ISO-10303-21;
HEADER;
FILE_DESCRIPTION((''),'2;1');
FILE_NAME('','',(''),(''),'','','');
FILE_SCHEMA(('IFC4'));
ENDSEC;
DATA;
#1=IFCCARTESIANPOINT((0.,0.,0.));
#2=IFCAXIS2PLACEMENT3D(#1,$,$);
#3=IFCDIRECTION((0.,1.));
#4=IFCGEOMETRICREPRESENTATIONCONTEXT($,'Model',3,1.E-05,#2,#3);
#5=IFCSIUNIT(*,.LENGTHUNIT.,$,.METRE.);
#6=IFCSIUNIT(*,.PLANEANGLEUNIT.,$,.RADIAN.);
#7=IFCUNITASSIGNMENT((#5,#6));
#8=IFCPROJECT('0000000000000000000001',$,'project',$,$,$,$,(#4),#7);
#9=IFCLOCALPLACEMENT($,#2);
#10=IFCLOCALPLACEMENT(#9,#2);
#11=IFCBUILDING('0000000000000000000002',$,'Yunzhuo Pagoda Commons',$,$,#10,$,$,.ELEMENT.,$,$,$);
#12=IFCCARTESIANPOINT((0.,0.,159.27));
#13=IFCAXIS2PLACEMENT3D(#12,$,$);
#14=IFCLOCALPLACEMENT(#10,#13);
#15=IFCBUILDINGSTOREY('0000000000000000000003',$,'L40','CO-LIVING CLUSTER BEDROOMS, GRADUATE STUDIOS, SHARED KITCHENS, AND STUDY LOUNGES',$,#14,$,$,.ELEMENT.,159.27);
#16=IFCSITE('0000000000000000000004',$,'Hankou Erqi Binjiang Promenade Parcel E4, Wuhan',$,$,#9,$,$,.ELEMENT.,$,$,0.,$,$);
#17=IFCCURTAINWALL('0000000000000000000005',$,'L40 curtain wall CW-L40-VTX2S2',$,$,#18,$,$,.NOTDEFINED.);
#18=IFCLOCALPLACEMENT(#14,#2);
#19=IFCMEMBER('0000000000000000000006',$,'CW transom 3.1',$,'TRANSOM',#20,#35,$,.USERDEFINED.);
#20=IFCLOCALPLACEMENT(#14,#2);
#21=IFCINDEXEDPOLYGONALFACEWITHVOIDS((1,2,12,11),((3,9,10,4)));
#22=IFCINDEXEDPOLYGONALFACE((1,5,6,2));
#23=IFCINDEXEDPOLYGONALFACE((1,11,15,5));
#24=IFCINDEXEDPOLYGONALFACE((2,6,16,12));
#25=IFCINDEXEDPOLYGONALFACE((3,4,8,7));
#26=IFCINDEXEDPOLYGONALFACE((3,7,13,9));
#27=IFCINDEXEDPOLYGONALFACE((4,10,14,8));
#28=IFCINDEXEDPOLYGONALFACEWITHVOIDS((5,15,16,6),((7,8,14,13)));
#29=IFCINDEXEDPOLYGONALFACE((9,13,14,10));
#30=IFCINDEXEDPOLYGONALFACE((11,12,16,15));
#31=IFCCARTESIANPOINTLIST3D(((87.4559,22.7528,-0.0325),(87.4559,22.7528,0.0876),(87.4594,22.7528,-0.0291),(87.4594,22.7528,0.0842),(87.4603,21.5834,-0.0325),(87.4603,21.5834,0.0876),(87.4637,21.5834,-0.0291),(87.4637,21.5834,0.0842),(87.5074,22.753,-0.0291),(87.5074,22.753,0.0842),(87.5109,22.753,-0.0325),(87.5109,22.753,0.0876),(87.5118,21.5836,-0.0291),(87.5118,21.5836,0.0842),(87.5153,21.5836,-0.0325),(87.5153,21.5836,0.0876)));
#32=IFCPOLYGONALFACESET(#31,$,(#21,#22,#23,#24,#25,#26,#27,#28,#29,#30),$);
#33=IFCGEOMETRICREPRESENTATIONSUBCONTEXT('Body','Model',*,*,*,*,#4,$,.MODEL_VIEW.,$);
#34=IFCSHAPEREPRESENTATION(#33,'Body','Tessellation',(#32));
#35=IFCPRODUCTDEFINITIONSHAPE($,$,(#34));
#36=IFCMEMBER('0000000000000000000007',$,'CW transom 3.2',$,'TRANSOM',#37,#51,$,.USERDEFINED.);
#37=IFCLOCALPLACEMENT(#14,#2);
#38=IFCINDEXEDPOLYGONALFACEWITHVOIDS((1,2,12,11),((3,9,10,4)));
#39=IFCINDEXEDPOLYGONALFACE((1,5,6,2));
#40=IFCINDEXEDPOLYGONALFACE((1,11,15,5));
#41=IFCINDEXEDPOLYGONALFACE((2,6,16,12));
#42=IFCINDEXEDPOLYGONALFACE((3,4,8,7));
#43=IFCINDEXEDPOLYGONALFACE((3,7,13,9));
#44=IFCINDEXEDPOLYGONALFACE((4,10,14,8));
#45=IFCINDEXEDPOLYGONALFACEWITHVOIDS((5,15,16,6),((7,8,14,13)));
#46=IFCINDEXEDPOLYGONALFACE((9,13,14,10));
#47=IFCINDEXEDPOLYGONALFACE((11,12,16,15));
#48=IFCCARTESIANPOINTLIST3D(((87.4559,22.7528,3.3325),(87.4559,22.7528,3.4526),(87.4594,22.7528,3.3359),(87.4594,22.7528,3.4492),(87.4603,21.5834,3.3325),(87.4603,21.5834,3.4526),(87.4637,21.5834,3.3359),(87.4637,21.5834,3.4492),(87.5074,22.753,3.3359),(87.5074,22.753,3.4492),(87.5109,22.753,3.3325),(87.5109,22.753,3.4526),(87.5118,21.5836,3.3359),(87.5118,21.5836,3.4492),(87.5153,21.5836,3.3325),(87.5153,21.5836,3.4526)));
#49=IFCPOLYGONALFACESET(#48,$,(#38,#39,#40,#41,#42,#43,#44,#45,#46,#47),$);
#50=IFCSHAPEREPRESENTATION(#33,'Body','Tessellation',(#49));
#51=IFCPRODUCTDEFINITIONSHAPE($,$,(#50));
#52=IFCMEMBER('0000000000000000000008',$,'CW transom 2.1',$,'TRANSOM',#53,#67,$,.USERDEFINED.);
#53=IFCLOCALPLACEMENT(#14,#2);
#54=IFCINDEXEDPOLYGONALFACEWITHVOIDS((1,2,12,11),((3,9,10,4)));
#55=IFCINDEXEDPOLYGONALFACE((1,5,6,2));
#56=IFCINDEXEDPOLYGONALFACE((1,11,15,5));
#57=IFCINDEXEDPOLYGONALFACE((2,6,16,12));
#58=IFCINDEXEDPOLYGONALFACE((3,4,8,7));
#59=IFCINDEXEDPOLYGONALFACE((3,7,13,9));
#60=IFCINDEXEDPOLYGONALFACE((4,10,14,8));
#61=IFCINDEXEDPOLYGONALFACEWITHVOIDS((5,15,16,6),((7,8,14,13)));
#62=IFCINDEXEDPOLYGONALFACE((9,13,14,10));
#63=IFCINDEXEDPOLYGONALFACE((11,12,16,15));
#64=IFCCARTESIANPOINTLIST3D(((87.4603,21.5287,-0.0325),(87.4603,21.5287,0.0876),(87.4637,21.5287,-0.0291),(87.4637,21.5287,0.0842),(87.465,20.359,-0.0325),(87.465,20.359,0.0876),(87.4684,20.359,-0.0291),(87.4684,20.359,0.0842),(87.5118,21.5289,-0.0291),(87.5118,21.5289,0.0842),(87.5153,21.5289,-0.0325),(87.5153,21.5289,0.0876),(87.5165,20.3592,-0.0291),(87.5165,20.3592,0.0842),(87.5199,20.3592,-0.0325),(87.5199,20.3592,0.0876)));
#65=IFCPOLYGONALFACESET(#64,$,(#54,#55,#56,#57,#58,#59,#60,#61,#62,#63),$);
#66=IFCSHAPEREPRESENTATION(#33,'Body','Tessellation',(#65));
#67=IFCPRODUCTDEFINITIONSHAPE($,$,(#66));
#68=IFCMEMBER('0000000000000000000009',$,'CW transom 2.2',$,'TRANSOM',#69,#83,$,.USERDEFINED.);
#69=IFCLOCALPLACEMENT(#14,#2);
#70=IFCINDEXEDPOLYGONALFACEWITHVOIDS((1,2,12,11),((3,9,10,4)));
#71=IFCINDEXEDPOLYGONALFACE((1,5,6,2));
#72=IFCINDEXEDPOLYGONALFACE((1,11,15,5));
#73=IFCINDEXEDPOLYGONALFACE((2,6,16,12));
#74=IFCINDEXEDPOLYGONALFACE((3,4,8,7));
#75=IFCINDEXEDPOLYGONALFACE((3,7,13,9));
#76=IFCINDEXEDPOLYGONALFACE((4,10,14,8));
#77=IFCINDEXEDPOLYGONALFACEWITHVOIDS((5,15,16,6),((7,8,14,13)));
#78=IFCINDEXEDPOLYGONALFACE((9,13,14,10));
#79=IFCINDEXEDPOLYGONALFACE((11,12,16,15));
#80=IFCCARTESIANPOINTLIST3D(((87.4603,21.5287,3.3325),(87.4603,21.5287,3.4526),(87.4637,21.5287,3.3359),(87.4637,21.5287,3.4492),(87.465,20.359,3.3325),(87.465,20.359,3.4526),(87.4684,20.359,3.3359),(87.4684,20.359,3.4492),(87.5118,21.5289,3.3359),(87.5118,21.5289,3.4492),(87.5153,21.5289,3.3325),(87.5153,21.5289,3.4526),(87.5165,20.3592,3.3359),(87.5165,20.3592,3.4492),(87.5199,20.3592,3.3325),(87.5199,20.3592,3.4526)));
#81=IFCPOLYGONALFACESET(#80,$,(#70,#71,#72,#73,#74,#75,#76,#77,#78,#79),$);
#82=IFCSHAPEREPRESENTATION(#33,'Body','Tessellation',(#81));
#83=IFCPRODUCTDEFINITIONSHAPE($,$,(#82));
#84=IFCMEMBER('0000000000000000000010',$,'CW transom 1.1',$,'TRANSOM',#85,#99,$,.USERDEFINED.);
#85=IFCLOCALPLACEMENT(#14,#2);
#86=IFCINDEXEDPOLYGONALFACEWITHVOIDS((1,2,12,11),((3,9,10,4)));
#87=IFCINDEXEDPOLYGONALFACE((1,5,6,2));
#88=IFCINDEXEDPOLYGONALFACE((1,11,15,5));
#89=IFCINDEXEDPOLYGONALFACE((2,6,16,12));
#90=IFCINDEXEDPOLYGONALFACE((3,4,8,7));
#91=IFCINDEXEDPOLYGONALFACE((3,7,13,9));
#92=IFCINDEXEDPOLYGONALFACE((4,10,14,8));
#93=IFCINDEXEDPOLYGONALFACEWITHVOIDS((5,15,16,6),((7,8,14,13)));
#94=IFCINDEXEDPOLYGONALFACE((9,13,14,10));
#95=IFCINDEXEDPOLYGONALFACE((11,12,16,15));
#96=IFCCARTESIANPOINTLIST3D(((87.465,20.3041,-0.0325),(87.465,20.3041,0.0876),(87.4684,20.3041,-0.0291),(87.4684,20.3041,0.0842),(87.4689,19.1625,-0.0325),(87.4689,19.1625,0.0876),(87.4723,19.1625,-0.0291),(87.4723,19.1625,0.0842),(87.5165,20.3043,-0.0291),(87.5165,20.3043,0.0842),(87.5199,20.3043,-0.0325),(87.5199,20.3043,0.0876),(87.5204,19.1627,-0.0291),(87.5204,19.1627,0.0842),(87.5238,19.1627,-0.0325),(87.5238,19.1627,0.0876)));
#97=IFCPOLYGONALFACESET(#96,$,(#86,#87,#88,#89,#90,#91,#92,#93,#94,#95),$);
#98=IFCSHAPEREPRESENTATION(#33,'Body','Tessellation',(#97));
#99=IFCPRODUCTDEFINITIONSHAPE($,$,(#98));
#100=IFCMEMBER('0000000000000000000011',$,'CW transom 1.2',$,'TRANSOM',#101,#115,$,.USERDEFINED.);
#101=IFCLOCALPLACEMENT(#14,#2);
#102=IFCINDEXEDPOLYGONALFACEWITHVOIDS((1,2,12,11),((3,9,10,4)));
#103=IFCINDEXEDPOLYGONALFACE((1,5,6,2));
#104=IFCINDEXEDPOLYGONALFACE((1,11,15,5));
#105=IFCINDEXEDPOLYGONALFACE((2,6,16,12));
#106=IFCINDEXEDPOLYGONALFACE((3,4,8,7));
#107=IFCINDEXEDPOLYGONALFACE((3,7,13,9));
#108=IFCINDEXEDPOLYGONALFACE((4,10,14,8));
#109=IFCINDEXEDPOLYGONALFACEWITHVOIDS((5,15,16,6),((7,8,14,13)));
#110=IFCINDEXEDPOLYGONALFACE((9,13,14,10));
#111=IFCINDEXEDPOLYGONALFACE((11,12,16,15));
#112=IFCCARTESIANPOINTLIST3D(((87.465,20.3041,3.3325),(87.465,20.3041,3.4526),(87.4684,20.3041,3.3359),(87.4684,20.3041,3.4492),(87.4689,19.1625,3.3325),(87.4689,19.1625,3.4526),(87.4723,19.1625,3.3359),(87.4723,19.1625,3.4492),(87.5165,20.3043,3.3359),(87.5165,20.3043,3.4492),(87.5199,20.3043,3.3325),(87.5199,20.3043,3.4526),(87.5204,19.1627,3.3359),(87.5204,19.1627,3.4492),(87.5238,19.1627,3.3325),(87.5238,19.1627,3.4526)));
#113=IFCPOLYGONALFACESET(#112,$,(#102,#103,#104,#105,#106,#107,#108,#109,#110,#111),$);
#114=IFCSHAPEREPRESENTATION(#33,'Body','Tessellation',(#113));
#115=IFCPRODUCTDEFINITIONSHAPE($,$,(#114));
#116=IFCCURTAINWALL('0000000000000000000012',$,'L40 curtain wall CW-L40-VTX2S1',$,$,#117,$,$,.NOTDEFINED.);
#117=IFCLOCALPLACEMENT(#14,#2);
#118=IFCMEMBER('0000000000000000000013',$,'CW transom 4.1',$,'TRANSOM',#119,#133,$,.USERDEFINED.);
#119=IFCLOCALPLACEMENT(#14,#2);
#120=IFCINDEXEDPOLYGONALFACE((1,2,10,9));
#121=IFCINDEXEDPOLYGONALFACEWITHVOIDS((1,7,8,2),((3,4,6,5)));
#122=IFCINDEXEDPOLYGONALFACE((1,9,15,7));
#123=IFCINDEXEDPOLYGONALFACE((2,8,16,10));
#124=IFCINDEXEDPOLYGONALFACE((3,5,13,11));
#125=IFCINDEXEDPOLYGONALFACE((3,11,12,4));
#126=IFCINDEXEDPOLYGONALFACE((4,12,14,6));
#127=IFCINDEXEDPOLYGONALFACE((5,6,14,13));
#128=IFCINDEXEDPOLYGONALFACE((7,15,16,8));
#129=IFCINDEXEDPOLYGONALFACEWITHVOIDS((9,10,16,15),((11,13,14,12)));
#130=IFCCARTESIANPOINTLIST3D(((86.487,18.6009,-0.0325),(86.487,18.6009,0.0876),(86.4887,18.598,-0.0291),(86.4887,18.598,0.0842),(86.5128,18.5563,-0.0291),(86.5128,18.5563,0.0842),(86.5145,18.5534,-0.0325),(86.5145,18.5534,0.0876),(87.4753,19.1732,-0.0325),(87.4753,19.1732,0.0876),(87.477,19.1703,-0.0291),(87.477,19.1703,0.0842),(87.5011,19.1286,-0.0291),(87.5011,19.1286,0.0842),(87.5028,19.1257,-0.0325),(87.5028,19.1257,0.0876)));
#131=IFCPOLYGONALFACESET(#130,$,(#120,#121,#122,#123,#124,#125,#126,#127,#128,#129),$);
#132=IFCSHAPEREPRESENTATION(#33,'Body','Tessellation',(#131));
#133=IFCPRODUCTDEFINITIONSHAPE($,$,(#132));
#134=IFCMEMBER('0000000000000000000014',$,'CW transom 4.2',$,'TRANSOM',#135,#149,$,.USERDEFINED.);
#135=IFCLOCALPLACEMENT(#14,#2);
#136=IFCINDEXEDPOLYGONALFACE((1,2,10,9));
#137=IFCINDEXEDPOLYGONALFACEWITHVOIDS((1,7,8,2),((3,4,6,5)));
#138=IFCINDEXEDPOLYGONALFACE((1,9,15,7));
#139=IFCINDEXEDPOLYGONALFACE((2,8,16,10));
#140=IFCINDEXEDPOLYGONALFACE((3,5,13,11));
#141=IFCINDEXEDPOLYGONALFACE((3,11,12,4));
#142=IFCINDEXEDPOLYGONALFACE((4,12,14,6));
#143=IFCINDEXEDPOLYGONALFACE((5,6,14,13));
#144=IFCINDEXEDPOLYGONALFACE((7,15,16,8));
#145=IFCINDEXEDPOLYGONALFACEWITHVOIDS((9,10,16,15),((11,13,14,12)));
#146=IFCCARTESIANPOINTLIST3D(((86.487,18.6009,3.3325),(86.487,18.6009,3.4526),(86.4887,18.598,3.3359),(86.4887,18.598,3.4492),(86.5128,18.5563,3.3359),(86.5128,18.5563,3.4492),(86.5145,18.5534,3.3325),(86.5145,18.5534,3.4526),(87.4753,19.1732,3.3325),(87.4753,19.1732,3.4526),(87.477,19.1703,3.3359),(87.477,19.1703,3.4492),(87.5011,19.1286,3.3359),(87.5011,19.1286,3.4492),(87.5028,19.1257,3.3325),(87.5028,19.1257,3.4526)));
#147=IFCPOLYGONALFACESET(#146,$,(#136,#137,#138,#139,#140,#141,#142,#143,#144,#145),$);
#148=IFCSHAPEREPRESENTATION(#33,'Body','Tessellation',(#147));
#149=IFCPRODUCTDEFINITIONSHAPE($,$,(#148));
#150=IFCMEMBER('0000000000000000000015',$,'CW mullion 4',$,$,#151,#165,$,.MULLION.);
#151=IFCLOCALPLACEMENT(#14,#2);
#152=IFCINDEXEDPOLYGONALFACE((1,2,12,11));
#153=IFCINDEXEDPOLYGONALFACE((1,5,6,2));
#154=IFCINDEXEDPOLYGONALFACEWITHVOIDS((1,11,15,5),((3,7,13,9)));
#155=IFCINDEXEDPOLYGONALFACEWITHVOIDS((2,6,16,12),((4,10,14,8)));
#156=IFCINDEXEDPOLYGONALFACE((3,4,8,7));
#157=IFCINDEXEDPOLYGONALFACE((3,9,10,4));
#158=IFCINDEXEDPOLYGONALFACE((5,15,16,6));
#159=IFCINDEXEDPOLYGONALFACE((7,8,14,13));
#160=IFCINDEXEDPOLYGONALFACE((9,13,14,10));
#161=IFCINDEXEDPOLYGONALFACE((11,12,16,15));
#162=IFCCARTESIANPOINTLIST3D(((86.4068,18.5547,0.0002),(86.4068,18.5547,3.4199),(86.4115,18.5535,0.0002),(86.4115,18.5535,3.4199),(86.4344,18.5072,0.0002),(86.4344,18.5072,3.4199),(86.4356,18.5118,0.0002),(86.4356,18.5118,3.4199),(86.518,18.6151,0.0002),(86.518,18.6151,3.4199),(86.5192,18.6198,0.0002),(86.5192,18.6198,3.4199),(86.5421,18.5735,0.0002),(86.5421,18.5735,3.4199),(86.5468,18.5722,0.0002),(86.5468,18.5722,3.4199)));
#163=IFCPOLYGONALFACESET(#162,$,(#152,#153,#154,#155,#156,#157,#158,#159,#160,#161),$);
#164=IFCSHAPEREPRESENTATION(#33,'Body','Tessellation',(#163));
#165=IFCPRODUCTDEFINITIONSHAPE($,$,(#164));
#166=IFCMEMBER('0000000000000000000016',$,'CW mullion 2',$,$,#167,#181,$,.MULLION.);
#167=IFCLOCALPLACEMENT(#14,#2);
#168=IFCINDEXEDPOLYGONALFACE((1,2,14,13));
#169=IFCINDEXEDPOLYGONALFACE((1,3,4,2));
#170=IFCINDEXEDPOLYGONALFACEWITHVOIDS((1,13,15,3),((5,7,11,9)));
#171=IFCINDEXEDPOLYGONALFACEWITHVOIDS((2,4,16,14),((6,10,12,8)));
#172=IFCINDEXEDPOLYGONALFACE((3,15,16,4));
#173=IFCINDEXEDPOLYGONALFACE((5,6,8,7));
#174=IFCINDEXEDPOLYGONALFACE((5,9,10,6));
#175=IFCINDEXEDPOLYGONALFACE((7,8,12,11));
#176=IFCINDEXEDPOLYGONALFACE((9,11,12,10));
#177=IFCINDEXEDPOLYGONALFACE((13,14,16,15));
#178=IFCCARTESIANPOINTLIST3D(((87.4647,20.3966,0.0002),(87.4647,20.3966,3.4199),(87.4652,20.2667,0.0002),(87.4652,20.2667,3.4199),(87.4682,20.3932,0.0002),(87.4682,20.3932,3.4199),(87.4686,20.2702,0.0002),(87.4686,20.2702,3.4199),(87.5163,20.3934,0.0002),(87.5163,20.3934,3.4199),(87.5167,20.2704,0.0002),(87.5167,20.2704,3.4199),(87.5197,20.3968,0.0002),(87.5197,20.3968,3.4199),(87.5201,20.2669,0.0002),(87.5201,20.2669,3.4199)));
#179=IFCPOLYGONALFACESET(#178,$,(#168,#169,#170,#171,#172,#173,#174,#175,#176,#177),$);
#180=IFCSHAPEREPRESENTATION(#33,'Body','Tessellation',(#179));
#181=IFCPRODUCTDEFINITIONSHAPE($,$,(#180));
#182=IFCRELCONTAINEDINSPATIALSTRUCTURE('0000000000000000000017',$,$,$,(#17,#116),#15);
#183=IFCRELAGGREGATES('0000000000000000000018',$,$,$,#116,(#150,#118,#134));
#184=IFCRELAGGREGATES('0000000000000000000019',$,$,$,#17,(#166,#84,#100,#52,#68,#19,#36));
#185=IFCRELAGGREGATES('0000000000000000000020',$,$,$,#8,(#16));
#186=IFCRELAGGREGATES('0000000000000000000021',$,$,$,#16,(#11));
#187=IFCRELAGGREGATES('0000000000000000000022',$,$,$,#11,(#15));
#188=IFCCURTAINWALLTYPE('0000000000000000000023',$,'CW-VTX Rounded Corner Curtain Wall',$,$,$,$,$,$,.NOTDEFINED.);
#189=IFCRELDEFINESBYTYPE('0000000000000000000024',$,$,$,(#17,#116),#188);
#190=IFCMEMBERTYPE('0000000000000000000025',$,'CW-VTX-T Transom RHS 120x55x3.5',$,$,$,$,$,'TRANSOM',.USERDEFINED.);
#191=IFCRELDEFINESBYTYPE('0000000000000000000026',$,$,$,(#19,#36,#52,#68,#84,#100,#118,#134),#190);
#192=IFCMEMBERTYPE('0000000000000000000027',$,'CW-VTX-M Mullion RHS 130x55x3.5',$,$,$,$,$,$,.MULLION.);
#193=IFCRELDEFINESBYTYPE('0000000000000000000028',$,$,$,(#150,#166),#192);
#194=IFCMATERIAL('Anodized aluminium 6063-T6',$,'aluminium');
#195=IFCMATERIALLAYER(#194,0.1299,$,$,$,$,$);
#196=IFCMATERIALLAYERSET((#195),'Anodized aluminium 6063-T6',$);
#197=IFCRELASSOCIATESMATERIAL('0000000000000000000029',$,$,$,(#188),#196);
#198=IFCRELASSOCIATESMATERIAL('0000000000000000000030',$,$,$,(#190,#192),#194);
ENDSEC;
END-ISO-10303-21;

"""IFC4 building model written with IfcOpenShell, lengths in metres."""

from ifc_helpers import new_model, si_unit, direction, frame, origin, origin_2d, place, context, subcontext, project, spatial, hollow_rectangle, extrude, source, transform, mapped, material, layer, layer_set, material_profile, profile_set, type_object, element, aggregate, save


model = new_model("IFC4")

# Units and contexts
model_context = context("Model", 3, precision=1e-05, world=origin(), true_north=direction((0.0, 1.0)))
body_context = subcontext(model_context, "Body", "Model", "MODEL_VIEW")
ifc_project = project(units=[si_unit("LENGTHUNIT", "METRE"), si_unit("PLANEANGLEUNIT", "RADIAN")], contexts=[model_context])

# Site, building, storey
site_placement = place(None, origin())
site = spatial("IfcSite", under=ifc_project, at=site_placement, Name="Hankou Erqi Binjiang Promenade Parcel E4, Wuhan", CompositionType="ELEMENT", RefElevation=0.0)
building_placement = place(site_placement, origin())
building = spatial("IfcBuilding", under=site, at=building_placement, Name="Yunzhuo Pagoda Commons", CompositionType="ELEMENT")
storey_placement = place(building_placement, frame((0.0, 0.0, 159.27)))
storey = spatial("IfcBuildingStorey", under=building, at=storey_placement, Name="L40", Description="CO-LIVING CLUSTER BEDROOMS, GRADUATE STUDIOS, SHARED KITCHENS, AND STUDY LOUNGES", CompositionType="ELEMENT", Elevation=159.27)

# Shared definitions
ifc_material_1 = material(Name="Anodized aluminium 6063-T6", Category="aluminium")

# Curtain walls, members
ifc_layer_1 = layer(ifc_material_1, 0.1299)
ifc_layer_set_1 = layer_set([ifc_layer_1], Name="Anodized aluminium 6063-T6")
curtain_wall_type_1 = type_object("IfcCurtainWallType", Name="CW-VTX Rounded Corner Curtain Wall", PredefinedType="NOTDEFINED", material=ifc_layer_set_1)
curtain_wall_1_placement = place(storey_placement, origin())
curtain_wall_1 = element("IfcCurtainWall", 1, at=curtain_wall_1_placement, inside=storey, type_object=curtain_wall_type_1, Name="L40 curtain wall CW-L40-VTX2S2", PredefinedType="NOTDEFINED")
ifc_material_profile_1 = material_profile(ifc_material_1, hollow_rectangle(XDim=0.0549, YDim=0.1201, WallThickness=0.0034, at=origin_2d()), Name="Anodized aluminium 6063-T6")
ifc_profile_set_1 = profile_set([ifc_material_profile_1], Name="Anodized aluminium 6063-T6")
member_type_1 = type_object("IfcMemberType", Name="CW-VTX-T Transom RHS 120x55x3.5", ElementType="TRANSOM", PredefinedType="USERDEFINED", material=ifc_profile_set_1)
shared_shape_1 = source(origin(), body_context, "Body", "SweptSolid", [
    extrude(hollow_rectangle(XDim=0.0549, YDim=0.1201, WallThickness=0.0034, at=origin_2d()), origin(), (0.0, 0.0, 1.0), 1.1694),
])
member_1_placement = place(storey_placement, frame((87.4878, 21.5835, 0.0276), z_axis=(-0.003758, 0.999993, 0.0), x_axis=(-0.999993, -0.003758, 0.0)))
member_1 = element("IfcMember", 2, at=member_1_placement, type_object=member_type_1, Name="CW transom 3.1", ObjectType="TRANSOM", PredefinedType="USERDEFINED", context=body_context, shape_type="MappedRepresentation", body=[
    mapped(shared_shape_1, transform((0.0, 0.0, 0.0), scale=1.0)),
])
member_2_placement = place(storey_placement, frame((87.4878, 21.5835, 3.3926), z_axis=(-0.003758, 0.999993, 0.0), x_axis=(-0.999993, -0.003758, 0.0)))
member_2 = element("IfcMember", 3, at=member_2_placement, type_object=member_type_1, Name="CW transom 3.2", ObjectType="TRANSOM", PredefinedType="USERDEFINED", context=body_context, shape_type="MappedRepresentation", body=[
    mapped(shared_shape_1, transform((0.0, 0.0, 0.0), scale=1.0)),
])
shared_shape_2 = source(origin(), body_context, "Body", "SweptSolid", [
    extrude(hollow_rectangle(XDim=0.0549, YDim=0.1201, WallThickness=0.0034, at=origin_2d()), origin(), (0.0, 0.0, 1.0), 1.1697),
])
member_3_placement = place(storey_placement, frame((87.4924, 20.3591, 0.0276), z_axis=(-0.003966, 0.999992, 0.0), x_axis=(-0.999992, -0.003966, 0.0)))
member_3 = element("IfcMember", 4, at=member_3_placement, type_object=member_type_1, Name="CW transom 2.1", ObjectType="TRANSOM", PredefinedType="USERDEFINED", context=body_context, shape_type="MappedRepresentation", body=[
    mapped(shared_shape_2, transform((0.0, 0.0, 0.0), scale=1.0)),
])
member_4_placement = place(storey_placement, frame((87.4924, 20.3591, 3.3926), z_axis=(-0.003966, 0.999992, 0.0), x_axis=(-0.999992, -0.003966, 0.0)))
member_4 = element("IfcMember", 5, at=member_4_placement, type_object=member_type_1, Name="CW transom 2.2", ObjectType="TRANSOM", PredefinedType="USERDEFINED", context=body_context, shape_type="MappedRepresentation", body=[
    mapped(shared_shape_2, transform((0.0, 0.0, 0.0), scale=1.0)),
])
shared_shape_3 = source(origin(), body_context, "Body", "SweptSolid", [
    extrude(hollow_rectangle(XDim=0.0549, YDim=0.1201, WallThickness=0.0034, at=origin_2d()), origin(), (0.0, 0.0, 1.0), 1.1416),
])
member_5_placement = place(storey_placement, frame((87.4963, 19.1626, 0.0276), z_axis=(-0.003422, 0.999994, 0.0), x_axis=(-0.999994, -0.003422, 0.0)))
member_5 = element("IfcMember", 6, at=member_5_placement, type_object=member_type_1, Name="CW transom 1.1", ObjectType="TRANSOM", PredefinedType="USERDEFINED", context=body_context, shape_type="MappedRepresentation", body=[
    mapped(shared_shape_3, transform((0.0, 0.0, 0.0), scale=1.0)),
])
member_6_placement = place(storey_placement, frame((87.4963, 19.1626, 3.3926), z_axis=(-0.003422, 0.999994, 0.0), x_axis=(-0.999994, -0.003422, 0.0)))
member_6 = element("IfcMember", 7, at=member_6_placement, type_object=member_type_1, Name="CW transom 1.2", ObjectType="TRANSOM", PredefinedType="USERDEFINED", context=body_context, shape_type="MappedRepresentation", body=[
    mapped(shared_shape_3, transform((0.0, 0.0, 0.0), scale=1.0)),
])
curtain_wall_2_placement = place(storey_placement, origin())
curtain_wall_2 = element("IfcCurtainWall", 8, at=curtain_wall_2_placement, inside=storey, type_object=curtain_wall_type_1, Name="L40 curtain wall CW-L40-VTX2S1", PredefinedType="NOTDEFINED")
shared_shape_4 = source(origin(), body_context, "Body", "SweptSolid", [
    extrude(hollow_rectangle(XDim=0.0549, YDim=0.1201, WallThickness=0.0034, at=origin_2d()), origin(), (0.0, 0.0, 1.0), 1.1421),
])
member_7_placement = place(storey_placement, frame((86.5007, 18.5771, 0.0276), z_axis=(0.865387, 0.501104, 0.0), x_axis=(-0.501104, 0.865387, 0.0)))
member_7 = element("IfcMember", 9, at=member_7_placement, type_object=member_type_1, Name="CW transom 4.1", ObjectType="TRANSOM", PredefinedType="USERDEFINED", context=body_context, shape_type="MappedRepresentation", body=[
    mapped(shared_shape_4, transform((0.0, 0.0, 0.0), scale=1.0)),
])
member_8_placement = place(storey_placement, frame((86.5007, 18.5771, 3.3926), z_axis=(0.865387, 0.501104, 0.0), x_axis=(-0.501104, 0.865387, 0.0)))
member_8 = element("IfcMember", 10, at=member_8_placement, type_object=member_type_1, Name="CW transom 4.2", ObjectType="TRANSOM", PredefinedType="USERDEFINED", context=body_context, shape_type="MappedRepresentation", body=[
    mapped(shared_shape_4, transform((0.0, 0.0, 0.0), scale=1.0)),
])
ifc_material_profile_2 = material_profile(ifc_material_1, hollow_rectangle(XDim=0.0549, YDim=0.1299, WallThickness=0.0034, at=origin_2d()), Name="Anodized aluminium 6063-T6")
ifc_profile_set_2 = profile_set([ifc_material_profile_2], Name="Anodized aluminium 6063-T6")
member_type_2 = type_object("IfcMemberType", Name="CW-VTX-M Mullion RHS 130x55x3.5", PredefinedType="MULLION", material=ifc_profile_set_2)
shared_shape_5 = source(origin(), body_context, "Body", "SweptSolid", [
    extrude(hollow_rectangle(XDim=0.0549, YDim=0.1299, WallThickness=0.0034, at=origin_2d()), origin(), (0.0, 0.0, 1.0), 3.4197),
])
member_9_placement = place(storey_placement, frame((86.4768, 18.5635, 0.0002), z_axis=(0.0, 0.0, 1.0), x_axis=(-0.501035, 0.865427, 0.0)))
member_9 = element("IfcMember", 11, at=member_9_placement, type_object=member_type_2, Name="CW mullion 4", PredefinedType="MULLION", context=body_context, shape_type="MappedRepresentation", body=[
    mapped(shared_shape_5, transform((0.0, 0.0, 0.0), scale=1.0)),
])

# Member
member_10_placement = place(storey_placement, frame((87.4924, 20.3318, 0.0002), z_axis=(0.0, 0.0, 1.0), x_axis=(-0.999994, -0.003594, 0.0)))
member_10 = element("IfcMember", 12, at=member_10_placement, type_object=member_type_2, Name="CW mullion 2", PredefinedType="MULLION", context=body_context, shape_type="MappedRepresentation", body=[
    mapped(shared_shape_5, transform((0.0, 0.0, 0.0), scale=1.0)),
])

aggregate(curtain_wall_2, [member_9, member_7, member_8])
aggregate(curtain_wall_1, [member_10, member_5, member_6, member_3, member_4, member_1, member_2])

save(model, "model.ifc")
